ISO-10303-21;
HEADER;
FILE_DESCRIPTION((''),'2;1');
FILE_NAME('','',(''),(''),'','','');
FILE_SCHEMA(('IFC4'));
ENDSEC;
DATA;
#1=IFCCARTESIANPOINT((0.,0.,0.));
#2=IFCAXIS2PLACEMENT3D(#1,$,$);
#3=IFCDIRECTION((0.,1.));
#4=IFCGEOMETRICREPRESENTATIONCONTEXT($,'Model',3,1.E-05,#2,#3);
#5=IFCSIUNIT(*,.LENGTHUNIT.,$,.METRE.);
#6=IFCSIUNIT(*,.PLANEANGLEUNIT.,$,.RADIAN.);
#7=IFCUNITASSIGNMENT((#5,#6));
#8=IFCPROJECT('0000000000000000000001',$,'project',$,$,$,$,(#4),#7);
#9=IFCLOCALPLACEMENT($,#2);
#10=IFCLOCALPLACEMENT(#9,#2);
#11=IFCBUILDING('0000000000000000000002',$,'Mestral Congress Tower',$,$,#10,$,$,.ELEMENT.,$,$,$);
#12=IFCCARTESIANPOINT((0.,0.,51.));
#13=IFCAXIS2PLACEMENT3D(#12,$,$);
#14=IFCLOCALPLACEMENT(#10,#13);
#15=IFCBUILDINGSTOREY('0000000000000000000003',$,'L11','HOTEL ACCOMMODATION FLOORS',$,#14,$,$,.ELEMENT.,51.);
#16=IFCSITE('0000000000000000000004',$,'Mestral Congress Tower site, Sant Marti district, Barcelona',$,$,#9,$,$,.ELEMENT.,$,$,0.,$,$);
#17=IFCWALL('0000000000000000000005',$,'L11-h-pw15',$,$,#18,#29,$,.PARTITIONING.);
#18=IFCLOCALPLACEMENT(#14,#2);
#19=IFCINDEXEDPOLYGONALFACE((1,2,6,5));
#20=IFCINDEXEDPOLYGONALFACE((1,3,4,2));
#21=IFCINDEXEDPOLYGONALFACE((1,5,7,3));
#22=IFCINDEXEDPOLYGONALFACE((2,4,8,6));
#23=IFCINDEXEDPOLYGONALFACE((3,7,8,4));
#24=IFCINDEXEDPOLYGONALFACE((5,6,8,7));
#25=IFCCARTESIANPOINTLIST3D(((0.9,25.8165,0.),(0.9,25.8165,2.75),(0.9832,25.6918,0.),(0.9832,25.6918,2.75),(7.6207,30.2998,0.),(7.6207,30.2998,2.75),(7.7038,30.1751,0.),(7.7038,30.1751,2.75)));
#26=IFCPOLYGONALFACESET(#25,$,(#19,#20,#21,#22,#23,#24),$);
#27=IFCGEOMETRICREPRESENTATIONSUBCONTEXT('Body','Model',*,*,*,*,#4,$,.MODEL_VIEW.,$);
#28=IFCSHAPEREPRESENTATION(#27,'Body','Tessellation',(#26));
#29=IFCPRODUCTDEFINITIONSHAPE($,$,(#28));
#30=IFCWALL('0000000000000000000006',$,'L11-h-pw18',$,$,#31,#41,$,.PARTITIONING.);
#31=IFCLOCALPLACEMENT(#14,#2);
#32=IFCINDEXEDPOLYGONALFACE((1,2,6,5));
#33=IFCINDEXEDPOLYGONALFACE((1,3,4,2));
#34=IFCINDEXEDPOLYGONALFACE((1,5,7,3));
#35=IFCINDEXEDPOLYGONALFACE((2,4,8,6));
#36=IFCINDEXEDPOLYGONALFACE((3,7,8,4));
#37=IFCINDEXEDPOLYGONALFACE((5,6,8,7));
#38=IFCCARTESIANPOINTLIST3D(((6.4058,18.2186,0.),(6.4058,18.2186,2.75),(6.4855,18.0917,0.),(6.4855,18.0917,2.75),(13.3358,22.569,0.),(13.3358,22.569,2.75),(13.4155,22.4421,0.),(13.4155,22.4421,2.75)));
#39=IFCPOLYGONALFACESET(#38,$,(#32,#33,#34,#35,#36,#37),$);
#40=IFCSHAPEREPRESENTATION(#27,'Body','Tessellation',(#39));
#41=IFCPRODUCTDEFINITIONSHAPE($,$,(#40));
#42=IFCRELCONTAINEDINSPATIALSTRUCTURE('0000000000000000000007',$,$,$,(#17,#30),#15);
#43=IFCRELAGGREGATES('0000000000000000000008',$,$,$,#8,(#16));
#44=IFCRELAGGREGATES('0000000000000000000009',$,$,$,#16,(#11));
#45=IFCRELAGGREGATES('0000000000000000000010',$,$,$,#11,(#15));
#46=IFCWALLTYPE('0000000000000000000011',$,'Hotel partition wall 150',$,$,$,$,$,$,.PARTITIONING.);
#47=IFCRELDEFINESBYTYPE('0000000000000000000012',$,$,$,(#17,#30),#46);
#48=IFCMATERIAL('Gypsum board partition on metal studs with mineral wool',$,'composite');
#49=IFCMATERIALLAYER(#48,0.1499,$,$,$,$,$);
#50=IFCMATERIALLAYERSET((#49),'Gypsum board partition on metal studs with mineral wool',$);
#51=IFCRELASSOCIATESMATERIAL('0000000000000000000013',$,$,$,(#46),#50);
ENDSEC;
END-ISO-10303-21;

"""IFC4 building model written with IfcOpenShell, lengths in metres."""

from ifc_helpers import new_model, si_unit, direction, frame, frame_2d, origin, place, context, subcontext, project, spatial, rectangle, extrude, material, layer, layer_set, type_object, element, save


model = new_model("IFC4")

# Units and contexts
model_context = context("Model", 3, precision=1e-05, world=origin(), true_north=direction((0.0, 1.0)))
body_context = subcontext(model_context, "Body", "Model", "MODEL_VIEW")
ifc_project = project(units=[si_unit("LENGTHUNIT", "METRE"), si_unit("PLANEANGLEUNIT", "RADIAN")], contexts=[model_context])

# Site, building, storey
site_placement = place(None, origin())
site = spatial("IfcSite", under=ifc_project, at=site_placement, Name="Mestral Congress Tower site, Sant Marti district, Barcelona", CompositionType="ELEMENT", RefElevation=0.0)
building_placement = place(site_placement, origin())
building = spatial("IfcBuilding", under=site, at=building_placement, Name="Mestral Congress Tower", CompositionType="ELEMENT")
storey_placement = place(building_placement, frame((0.0, 0.0, 51.0)))
storey = spatial("IfcBuildingStorey", under=building, at=storey_placement, Name="L11", Description="HOTEL ACCOMMODATION FLOORS", CompositionType="ELEMENT", Elevation=51.0)

# Shared definitions
ifc_material_1 = material(Name="Gypsum board partition on metal studs with mineral wool", Category="composite")

# Walls
ifc_layer_1 = layer(ifc_material_1, 0.1499)
ifc_layer_set_1 = layer_set([ifc_layer_1], Name="Gypsum board partition on metal studs with mineral wool")
wall_type_1 = type_object("IfcWallType", Name="Hotel partition wall 150", PredefinedType="PARTITIONING", material=ifc_layer_set_1)
wall_1_placement = place(storey_placement, frame((7.6624, 30.2375, 0.0), z_axis=(0.0, 0.0, 1.0), x_axis=(-0.831883, -0.554951, 0.0)))
element("IfcWall", 1, at=wall_1_placement, inside=storey, type_object=wall_type_1, Name="L11-h-pw15", PredefinedType="PARTITIONING", context=body_context, shape_type="SweptSolid", body=[
    extrude(rectangle(XDim=8.0789, YDim=0.1499, at=frame_2d((4.0396, 0.0))), origin(), (0.0, 0.0, 1.0), 2.75),
])
wall_2_placement = place(storey_placement, frame((13.3757, 22.5056, 0.0), z_axis=(0.0, 0.0, 1.0), x_axis=(-0.846946, -0.53168, 0.0)))
element("IfcWall", 2, at=wall_2_placement, inside=storey, type_object=wall_type_1, Name="L11-h-pw18", PredefinedType="PARTITIONING", context=body_context, shape_type="SweptSolid", body=[
    extrude(rectangle(XDim=8.1824, YDim=0.1499, at=frame_2d((4.0913, 0.0))), origin(), (0.0, 0.0, 1.0), 2.75),
])

save(model, "model.ifc")
